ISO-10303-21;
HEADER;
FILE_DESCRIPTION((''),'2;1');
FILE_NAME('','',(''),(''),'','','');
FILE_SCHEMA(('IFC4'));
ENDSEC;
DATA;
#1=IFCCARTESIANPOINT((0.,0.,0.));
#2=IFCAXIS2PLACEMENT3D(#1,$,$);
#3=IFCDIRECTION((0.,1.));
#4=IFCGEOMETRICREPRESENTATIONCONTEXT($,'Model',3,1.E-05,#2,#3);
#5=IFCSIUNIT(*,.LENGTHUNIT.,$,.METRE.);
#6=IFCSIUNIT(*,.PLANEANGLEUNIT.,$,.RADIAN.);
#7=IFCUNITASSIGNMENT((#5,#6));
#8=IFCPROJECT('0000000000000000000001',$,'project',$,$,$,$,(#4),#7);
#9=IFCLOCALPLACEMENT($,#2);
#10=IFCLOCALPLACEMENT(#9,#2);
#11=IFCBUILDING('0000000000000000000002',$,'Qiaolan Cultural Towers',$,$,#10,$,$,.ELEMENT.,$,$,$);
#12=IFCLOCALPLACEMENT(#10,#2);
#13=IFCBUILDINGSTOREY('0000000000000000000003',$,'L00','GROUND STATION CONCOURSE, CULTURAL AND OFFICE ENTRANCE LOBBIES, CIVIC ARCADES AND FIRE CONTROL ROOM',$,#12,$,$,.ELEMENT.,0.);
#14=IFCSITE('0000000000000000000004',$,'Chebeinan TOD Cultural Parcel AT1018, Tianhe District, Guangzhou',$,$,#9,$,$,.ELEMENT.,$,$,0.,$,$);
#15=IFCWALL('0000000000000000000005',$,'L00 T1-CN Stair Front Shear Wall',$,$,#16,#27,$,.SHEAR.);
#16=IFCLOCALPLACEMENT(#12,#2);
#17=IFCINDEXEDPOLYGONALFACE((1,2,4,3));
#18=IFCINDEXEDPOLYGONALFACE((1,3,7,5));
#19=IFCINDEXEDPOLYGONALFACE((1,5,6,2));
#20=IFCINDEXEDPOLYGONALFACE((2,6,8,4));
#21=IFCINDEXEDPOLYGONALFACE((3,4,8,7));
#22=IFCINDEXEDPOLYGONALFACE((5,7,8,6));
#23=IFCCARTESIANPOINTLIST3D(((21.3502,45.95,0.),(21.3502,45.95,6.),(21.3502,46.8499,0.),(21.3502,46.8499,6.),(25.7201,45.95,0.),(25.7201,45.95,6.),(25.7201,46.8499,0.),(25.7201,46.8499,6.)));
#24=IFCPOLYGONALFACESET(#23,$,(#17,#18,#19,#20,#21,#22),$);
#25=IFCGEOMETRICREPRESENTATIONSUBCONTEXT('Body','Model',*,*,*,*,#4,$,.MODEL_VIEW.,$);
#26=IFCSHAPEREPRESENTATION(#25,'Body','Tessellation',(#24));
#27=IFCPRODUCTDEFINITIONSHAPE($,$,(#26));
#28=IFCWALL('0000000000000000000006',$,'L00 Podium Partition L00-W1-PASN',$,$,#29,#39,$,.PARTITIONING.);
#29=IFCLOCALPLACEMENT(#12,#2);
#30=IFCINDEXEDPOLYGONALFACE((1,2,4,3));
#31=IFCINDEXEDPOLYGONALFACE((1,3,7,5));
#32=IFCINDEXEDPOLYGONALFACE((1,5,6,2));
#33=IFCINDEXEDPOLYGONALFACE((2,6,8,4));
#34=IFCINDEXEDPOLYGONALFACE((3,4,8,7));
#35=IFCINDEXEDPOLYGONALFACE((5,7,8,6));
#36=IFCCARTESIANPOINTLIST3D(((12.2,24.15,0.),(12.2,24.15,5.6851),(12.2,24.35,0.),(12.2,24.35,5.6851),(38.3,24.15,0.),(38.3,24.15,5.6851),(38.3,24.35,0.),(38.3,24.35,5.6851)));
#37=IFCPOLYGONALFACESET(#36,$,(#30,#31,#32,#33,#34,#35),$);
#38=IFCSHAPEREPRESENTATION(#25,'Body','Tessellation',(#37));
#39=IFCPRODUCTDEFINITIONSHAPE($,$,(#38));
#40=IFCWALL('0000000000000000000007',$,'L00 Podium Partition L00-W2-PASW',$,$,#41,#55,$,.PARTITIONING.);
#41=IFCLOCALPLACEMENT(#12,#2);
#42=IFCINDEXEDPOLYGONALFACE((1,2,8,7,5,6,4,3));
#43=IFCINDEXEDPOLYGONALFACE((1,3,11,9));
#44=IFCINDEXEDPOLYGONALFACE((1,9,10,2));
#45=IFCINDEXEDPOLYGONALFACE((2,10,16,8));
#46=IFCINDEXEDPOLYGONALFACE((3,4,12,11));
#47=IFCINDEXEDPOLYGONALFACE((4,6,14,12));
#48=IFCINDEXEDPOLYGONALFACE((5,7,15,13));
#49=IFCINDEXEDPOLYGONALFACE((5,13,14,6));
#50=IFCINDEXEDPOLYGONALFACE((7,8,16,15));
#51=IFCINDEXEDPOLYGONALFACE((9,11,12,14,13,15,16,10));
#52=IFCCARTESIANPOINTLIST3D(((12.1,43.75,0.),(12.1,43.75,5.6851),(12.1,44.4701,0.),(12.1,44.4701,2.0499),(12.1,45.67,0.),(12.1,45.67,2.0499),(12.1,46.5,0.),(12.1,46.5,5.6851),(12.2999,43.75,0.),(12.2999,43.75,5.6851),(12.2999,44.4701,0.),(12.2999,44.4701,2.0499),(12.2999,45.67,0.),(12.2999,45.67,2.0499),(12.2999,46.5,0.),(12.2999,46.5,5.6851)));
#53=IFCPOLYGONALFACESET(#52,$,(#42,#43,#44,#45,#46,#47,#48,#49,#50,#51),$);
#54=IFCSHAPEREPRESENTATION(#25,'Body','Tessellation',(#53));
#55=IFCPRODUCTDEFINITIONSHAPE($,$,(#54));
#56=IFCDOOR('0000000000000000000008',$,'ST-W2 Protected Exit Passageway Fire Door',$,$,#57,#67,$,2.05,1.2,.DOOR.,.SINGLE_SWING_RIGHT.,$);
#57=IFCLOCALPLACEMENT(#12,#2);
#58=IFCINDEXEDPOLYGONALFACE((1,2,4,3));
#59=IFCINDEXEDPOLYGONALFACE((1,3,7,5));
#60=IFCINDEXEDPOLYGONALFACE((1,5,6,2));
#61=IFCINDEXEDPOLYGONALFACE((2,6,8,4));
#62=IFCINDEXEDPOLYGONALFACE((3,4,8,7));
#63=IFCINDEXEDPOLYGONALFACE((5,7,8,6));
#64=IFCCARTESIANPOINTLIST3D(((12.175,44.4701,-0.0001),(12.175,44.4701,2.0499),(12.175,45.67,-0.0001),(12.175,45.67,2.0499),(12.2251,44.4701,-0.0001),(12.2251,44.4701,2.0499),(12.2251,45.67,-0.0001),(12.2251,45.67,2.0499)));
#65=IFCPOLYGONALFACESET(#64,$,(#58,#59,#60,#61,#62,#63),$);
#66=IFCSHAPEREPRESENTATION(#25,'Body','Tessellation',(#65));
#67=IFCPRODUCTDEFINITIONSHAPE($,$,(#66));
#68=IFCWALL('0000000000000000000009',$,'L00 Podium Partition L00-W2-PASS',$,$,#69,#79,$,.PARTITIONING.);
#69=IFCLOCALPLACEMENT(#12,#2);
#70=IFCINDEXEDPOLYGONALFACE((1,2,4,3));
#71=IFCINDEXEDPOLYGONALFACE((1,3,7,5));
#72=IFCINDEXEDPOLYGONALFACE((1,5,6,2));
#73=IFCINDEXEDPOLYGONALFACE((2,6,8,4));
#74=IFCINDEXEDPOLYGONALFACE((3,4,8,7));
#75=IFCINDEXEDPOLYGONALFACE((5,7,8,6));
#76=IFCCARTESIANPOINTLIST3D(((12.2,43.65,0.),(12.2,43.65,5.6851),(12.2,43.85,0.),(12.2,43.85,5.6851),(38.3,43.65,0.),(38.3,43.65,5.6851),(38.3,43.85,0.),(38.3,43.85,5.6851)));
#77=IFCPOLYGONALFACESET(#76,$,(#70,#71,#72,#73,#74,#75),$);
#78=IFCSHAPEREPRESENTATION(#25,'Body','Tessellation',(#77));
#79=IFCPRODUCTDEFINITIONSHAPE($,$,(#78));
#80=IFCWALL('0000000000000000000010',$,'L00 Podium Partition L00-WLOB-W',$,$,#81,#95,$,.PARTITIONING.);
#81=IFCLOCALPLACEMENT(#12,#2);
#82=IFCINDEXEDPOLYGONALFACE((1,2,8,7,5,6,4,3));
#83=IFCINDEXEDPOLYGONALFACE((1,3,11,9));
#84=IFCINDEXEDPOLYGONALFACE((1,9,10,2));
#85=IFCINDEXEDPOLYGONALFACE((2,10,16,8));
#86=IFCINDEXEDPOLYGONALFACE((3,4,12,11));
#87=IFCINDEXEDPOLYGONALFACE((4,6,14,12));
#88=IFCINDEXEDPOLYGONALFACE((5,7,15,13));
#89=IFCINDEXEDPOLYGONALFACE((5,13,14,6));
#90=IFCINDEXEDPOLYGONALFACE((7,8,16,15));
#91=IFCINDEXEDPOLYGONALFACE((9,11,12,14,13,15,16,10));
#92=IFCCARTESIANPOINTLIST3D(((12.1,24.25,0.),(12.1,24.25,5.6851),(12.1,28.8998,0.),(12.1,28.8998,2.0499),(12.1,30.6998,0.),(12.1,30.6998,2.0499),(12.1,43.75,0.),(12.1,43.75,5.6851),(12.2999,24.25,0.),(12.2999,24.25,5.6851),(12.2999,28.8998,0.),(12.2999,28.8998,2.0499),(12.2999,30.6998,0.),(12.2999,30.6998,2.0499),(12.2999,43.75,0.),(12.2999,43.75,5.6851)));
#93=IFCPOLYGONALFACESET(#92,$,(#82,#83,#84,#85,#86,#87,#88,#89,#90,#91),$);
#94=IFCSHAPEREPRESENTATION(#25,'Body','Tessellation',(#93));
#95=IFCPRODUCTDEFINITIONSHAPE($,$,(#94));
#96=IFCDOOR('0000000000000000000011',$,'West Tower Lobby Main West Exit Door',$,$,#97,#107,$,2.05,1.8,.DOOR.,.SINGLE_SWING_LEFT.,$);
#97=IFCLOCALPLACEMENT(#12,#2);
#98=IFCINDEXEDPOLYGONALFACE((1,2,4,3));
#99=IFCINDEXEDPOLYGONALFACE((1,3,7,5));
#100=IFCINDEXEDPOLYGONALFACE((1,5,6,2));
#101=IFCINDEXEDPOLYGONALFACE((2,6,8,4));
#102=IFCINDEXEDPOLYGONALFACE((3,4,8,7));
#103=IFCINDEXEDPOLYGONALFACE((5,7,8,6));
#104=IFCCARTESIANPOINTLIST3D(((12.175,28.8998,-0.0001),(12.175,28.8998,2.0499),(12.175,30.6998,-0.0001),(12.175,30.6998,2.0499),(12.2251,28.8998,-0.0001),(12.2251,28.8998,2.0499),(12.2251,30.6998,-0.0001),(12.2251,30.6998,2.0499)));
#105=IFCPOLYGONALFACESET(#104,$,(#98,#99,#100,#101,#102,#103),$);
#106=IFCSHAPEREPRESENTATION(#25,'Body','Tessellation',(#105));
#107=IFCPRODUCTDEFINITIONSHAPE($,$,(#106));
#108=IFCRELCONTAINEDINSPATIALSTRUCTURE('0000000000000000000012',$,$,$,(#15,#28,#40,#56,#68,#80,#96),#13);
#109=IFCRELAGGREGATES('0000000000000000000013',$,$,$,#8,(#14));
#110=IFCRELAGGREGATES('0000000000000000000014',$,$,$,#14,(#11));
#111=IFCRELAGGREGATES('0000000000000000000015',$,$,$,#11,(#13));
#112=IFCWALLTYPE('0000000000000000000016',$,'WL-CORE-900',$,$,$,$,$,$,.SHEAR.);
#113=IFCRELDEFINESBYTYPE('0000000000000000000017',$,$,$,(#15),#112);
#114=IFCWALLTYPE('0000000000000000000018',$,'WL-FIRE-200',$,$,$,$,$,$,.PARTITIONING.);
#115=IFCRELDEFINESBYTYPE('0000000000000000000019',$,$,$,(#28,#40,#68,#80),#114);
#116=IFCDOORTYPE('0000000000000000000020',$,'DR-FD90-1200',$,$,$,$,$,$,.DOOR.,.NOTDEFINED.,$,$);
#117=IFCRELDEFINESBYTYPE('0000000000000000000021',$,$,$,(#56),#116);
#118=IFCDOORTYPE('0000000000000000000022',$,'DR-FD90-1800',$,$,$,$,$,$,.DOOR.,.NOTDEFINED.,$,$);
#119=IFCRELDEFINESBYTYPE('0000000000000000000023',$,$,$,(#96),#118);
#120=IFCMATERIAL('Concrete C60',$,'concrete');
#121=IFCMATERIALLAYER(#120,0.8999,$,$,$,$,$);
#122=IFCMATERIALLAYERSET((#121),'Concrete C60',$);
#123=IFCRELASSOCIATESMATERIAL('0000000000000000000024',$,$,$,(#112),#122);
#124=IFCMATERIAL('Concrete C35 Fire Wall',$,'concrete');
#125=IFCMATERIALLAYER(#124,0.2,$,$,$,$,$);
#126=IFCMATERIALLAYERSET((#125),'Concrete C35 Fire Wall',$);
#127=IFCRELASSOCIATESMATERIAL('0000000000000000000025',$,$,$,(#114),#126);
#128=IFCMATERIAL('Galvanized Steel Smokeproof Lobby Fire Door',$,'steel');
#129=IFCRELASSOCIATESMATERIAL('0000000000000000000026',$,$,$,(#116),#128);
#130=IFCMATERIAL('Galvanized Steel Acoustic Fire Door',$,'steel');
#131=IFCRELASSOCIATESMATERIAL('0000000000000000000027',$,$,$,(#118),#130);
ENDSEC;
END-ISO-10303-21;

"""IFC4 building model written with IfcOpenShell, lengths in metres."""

from ifc_helpers import new_model, si_unit, direction, frame, frame_2d, origin, place, context, subcontext, project, spatial, rectangle, extrude, material, layer, layer_set, type_object, element, fill, save


model = new_model("IFC4")

# Units and contexts
model_context = context("Model", 3, precision=1e-05, world=origin(), true_north=direction((0.0, 1.0)))
body_context = subcontext(model_context, "Body", "Model", "MODEL_VIEW")
ifc_project = project(units=[si_unit("LENGTHUNIT", "METRE"), si_unit("PLANEANGLEUNIT", "RADIAN")], contexts=[model_context])

# Site, building, storey
site_placement = place(None, origin())
site = spatial("IfcSite", under=ifc_project, at=site_placement, Name="Chebeinan TOD Cultural Parcel AT1018, Tianhe District, Guangzhou", CompositionType="ELEMENT", RefElevation=0.0)
building_placement = place(site_placement, origin())
building = spatial("IfcBuilding", under=site, at=building_placement, Name="Qiaolan Cultural Towers", CompositionType="ELEMENT")
storey_placement = place(building_placement, origin())
storey = spatial("IfcBuildingStorey", under=building, at=storey_placement, Name="L00", Description="GROUND STATION CONCOURSE, CULTURAL AND OFFICE ENTRANCE LOBBIES, CIVIC ARCADES AND FIRE CONTROL ROOM", CompositionType="ELEMENT", Elevation=0.0)

# Walls
ifc_material_1 = material(Name="Concrete C60", Category="concrete")
ifc_layer_1 = layer(ifc_material_1, 0.8999)
ifc_layer_set_1 = layer_set([ifc_layer_1], Name="Concrete C60")
wall_type_1 = type_object("IfcWallType", Name="WL-CORE-900", PredefinedType="SHEAR", material=ifc_layer_set_1)
wall_1_placement = place(storey_placement, frame((21.3501, 46.3999, 0.0), z_axis=(0.0, 0.0, 1.0), x_axis=(1.0, 0.0, 0.0)))
element("IfcWall", 1, at=wall_1_placement, inside=storey, type_object=wall_type_1, Name="L00 T1-CN Stair Front Shear Wall", PredefinedType="SHEAR", context=body_context, shape_type="SweptSolid", body=[
    extrude(rectangle(XDim=4.3699, YDim=0.8999, at=frame_2d((2.1851, 0.0))), origin(), (0.0, 0.0, 1.0), 6.0),
])
ifc_material_2 = material(Name="Concrete C35 Fire Wall", Category="concrete")
ifc_layer_2 = layer(ifc_material_2, 0.2)
ifc_layer_set_2 = layer_set([ifc_layer_2], Name="Concrete C35 Fire Wall")
wall_type_2 = type_object("IfcWallType", Name="WL-FIRE-200", PredefinedType="PARTITIONING", material=ifc_layer_set_2)
wall_2_placement = place(storey_placement, frame((12.2, 24.25, 0.0), z_axis=(0.0, 0.0, 1.0), x_axis=(1.0, 0.0, 0.0)))
element("IfcWall", 2, at=wall_2_placement, inside=storey, type_object=wall_type_2, Name="L00 Podium Partition L00-W1-PASN", PredefinedType="PARTITIONING", context=body_context, shape_type="SweptSolid", body=[
    extrude(rectangle(XDim=26.1001, YDim=0.2, at=frame_2d((13.05, 0.0))), origin(), (0.0, 0.0, 1.0), 5.6851),
])

# Wall, opening, door
wall_3_placement = place(storey_placement, frame((12.2, 43.75, 0.0), z_axis=(0.0, 0.0, 1.0), x_axis=(0.0, 1.0, 0.0)))
wall_3 = element("IfcWall", 3, at=wall_3_placement, inside=storey, type_object=wall_type_2, Name="L00 Podium Partition L00-W2-PASW", PredefinedType="PARTITIONING", context=body_context, shape_type="SweptSolid", body=[
    extrude(rectangle(XDim=2.75, YDim=0.2, at=frame_2d((1.375, 0.0))), origin(), (0.0, 0.0, 1.0), 5.6851),
])
opening_1_placement = place(wall_3_placement, frame((0.72, 0.0, 0.0)))
opening_1 = element("IfcOpeningElement", 4, at=opening_1_placement, cuts=wall_3, PredefinedType="OPENING", context=body_context, shape_type="SweptSolid", body=[
    extrude(rectangle(XDim=1.2, YDim=2.05, at=frame_2d((0.6001, 1.0249))), frame((0.0, 0.1099, 0.0), z_axis=(0.0, -1.0, 0.0), x_axis=(1.0, 0.0, 0.0)), (0.0, 0.0, 1.0), 0.22),
])
ifc_material_3 = material(Name="Galvanized Steel Smokeproof Lobby Fire Door", Category="steel")
door_type_1 = type_object("IfcDoorType", Name="DR-FD90-1200", OperationType="NOTDEFINED", PredefinedType="DOOR", material=ifc_material_3)
door_1_placement = place(opening_1_placement, origin())
door_1 = element("IfcDoor", 5, at=door_1_placement, inside=storey, type_object=door_type_1, Name="ST-W2 Protected Exit Passageway Fire Door", OperationType="SINGLE_SWING_RIGHT", OverallHeight=2.05, OverallWidth=1.2, PredefinedType="DOOR", context=body_context, shape_type="SweptSolid", body=[
    extrude(rectangle(XDim=1.2, YDim=2.05, at=frame_2d((0.6001, 1.0249))), frame((0.0, 0.0249, 0.0), z_axis=(0.0, -1.0, 0.0), x_axis=(1.0, 0.0, 0.0)), (0.0, 0.0, 1.0), 0.05),
])
fill(opening_1, door_1)

# Wall
wall_4_placement = place(storey_placement, frame((12.2, 43.75, 0.0), z_axis=(0.0, 0.0, 1.0), x_axis=(1.0, 0.0, 0.0)))
element("IfcWall", 6, at=wall_4_placement, inside=storey, type_object=wall_type_2, Name="L00 Podium Partition L00-W2-PASS", PredefinedType="PARTITIONING", context=body_context, shape_type="SweptSolid", body=[
    extrude(rectangle(XDim=26.1001, YDim=0.2, at=frame_2d((13.05, 0.0))), origin(), (0.0, 0.0, 1.0), 5.6851),
])

# Wall, opening, door
wall_5_placement = place(storey_placement, frame((12.2, 24.25, 0.0), z_axis=(0.0, 0.0, 1.0), x_axis=(0.0, 1.0, 0.0)))
wall_5 = element("IfcWall", 7, at=wall_5_placement, inside=storey, type_object=wall_type_2, Name="L00 Podium Partition L00-WLOB-W", PredefinedType="PARTITIONING", context=body_context, shape_type="SweptSolid", body=[
    extrude(rectangle(XDim=19.5, YDim=0.2, at=frame_2d((9.75, 0.0))), origin(), (0.0, 0.0, 1.0), 5.6851),
])
opening_2_placement = place(wall_5_placement, frame((4.6499, 0.0, 0.0)))
opening_2 = element("IfcOpeningElement", 8, at=opening_2_placement, cuts=wall_5, PredefinedType="OPENING", context=body_context, shape_type="SweptSolid", body=[
    extrude(rectangle(XDim=1.8, YDim=2.05, at=frame_2d((0.8999, 1.0249))), frame((0.0, 0.1099, 0.0), z_axis=(0.0, -1.0, 0.0), x_axis=(1.0, 0.0, 0.0)), (0.0, 0.0, 1.0), 0.22),
])
ifc_material_4 = material(Name="Galvanized Steel Acoustic Fire Door", Category="steel")
door_type_2 = type_object("IfcDoorType", Name="DR-FD90-1800", OperationType="NOTDEFINED", PredefinedType="DOOR", material=ifc_material_4)
door_2_placement = place(opening_2_placement, origin())
door_2 = element("IfcDoor", 9, at=door_2_placement, inside=storey, type_object=door_type_2, Name="West Tower Lobby Main West Exit Door", OperationType="SINGLE_SWING_LEFT", OverallHeight=2.05, OverallWidth=1.8, PredefinedType="DOOR", context=body_context, shape_type="SweptSolid", body=[
    extrude(rectangle(XDim=1.8, YDim=2.05, at=frame_2d((0.8999, 1.0249))), frame((0.0, 0.0249, 0.0), z_axis=(0.0, -1.0, 0.0), x_axis=(1.0, 0.0, 0.0)), (0.0, 0.0, 1.0), 0.05),
])
fill(opening_2, door_2)

save(model, "model.ifc")
